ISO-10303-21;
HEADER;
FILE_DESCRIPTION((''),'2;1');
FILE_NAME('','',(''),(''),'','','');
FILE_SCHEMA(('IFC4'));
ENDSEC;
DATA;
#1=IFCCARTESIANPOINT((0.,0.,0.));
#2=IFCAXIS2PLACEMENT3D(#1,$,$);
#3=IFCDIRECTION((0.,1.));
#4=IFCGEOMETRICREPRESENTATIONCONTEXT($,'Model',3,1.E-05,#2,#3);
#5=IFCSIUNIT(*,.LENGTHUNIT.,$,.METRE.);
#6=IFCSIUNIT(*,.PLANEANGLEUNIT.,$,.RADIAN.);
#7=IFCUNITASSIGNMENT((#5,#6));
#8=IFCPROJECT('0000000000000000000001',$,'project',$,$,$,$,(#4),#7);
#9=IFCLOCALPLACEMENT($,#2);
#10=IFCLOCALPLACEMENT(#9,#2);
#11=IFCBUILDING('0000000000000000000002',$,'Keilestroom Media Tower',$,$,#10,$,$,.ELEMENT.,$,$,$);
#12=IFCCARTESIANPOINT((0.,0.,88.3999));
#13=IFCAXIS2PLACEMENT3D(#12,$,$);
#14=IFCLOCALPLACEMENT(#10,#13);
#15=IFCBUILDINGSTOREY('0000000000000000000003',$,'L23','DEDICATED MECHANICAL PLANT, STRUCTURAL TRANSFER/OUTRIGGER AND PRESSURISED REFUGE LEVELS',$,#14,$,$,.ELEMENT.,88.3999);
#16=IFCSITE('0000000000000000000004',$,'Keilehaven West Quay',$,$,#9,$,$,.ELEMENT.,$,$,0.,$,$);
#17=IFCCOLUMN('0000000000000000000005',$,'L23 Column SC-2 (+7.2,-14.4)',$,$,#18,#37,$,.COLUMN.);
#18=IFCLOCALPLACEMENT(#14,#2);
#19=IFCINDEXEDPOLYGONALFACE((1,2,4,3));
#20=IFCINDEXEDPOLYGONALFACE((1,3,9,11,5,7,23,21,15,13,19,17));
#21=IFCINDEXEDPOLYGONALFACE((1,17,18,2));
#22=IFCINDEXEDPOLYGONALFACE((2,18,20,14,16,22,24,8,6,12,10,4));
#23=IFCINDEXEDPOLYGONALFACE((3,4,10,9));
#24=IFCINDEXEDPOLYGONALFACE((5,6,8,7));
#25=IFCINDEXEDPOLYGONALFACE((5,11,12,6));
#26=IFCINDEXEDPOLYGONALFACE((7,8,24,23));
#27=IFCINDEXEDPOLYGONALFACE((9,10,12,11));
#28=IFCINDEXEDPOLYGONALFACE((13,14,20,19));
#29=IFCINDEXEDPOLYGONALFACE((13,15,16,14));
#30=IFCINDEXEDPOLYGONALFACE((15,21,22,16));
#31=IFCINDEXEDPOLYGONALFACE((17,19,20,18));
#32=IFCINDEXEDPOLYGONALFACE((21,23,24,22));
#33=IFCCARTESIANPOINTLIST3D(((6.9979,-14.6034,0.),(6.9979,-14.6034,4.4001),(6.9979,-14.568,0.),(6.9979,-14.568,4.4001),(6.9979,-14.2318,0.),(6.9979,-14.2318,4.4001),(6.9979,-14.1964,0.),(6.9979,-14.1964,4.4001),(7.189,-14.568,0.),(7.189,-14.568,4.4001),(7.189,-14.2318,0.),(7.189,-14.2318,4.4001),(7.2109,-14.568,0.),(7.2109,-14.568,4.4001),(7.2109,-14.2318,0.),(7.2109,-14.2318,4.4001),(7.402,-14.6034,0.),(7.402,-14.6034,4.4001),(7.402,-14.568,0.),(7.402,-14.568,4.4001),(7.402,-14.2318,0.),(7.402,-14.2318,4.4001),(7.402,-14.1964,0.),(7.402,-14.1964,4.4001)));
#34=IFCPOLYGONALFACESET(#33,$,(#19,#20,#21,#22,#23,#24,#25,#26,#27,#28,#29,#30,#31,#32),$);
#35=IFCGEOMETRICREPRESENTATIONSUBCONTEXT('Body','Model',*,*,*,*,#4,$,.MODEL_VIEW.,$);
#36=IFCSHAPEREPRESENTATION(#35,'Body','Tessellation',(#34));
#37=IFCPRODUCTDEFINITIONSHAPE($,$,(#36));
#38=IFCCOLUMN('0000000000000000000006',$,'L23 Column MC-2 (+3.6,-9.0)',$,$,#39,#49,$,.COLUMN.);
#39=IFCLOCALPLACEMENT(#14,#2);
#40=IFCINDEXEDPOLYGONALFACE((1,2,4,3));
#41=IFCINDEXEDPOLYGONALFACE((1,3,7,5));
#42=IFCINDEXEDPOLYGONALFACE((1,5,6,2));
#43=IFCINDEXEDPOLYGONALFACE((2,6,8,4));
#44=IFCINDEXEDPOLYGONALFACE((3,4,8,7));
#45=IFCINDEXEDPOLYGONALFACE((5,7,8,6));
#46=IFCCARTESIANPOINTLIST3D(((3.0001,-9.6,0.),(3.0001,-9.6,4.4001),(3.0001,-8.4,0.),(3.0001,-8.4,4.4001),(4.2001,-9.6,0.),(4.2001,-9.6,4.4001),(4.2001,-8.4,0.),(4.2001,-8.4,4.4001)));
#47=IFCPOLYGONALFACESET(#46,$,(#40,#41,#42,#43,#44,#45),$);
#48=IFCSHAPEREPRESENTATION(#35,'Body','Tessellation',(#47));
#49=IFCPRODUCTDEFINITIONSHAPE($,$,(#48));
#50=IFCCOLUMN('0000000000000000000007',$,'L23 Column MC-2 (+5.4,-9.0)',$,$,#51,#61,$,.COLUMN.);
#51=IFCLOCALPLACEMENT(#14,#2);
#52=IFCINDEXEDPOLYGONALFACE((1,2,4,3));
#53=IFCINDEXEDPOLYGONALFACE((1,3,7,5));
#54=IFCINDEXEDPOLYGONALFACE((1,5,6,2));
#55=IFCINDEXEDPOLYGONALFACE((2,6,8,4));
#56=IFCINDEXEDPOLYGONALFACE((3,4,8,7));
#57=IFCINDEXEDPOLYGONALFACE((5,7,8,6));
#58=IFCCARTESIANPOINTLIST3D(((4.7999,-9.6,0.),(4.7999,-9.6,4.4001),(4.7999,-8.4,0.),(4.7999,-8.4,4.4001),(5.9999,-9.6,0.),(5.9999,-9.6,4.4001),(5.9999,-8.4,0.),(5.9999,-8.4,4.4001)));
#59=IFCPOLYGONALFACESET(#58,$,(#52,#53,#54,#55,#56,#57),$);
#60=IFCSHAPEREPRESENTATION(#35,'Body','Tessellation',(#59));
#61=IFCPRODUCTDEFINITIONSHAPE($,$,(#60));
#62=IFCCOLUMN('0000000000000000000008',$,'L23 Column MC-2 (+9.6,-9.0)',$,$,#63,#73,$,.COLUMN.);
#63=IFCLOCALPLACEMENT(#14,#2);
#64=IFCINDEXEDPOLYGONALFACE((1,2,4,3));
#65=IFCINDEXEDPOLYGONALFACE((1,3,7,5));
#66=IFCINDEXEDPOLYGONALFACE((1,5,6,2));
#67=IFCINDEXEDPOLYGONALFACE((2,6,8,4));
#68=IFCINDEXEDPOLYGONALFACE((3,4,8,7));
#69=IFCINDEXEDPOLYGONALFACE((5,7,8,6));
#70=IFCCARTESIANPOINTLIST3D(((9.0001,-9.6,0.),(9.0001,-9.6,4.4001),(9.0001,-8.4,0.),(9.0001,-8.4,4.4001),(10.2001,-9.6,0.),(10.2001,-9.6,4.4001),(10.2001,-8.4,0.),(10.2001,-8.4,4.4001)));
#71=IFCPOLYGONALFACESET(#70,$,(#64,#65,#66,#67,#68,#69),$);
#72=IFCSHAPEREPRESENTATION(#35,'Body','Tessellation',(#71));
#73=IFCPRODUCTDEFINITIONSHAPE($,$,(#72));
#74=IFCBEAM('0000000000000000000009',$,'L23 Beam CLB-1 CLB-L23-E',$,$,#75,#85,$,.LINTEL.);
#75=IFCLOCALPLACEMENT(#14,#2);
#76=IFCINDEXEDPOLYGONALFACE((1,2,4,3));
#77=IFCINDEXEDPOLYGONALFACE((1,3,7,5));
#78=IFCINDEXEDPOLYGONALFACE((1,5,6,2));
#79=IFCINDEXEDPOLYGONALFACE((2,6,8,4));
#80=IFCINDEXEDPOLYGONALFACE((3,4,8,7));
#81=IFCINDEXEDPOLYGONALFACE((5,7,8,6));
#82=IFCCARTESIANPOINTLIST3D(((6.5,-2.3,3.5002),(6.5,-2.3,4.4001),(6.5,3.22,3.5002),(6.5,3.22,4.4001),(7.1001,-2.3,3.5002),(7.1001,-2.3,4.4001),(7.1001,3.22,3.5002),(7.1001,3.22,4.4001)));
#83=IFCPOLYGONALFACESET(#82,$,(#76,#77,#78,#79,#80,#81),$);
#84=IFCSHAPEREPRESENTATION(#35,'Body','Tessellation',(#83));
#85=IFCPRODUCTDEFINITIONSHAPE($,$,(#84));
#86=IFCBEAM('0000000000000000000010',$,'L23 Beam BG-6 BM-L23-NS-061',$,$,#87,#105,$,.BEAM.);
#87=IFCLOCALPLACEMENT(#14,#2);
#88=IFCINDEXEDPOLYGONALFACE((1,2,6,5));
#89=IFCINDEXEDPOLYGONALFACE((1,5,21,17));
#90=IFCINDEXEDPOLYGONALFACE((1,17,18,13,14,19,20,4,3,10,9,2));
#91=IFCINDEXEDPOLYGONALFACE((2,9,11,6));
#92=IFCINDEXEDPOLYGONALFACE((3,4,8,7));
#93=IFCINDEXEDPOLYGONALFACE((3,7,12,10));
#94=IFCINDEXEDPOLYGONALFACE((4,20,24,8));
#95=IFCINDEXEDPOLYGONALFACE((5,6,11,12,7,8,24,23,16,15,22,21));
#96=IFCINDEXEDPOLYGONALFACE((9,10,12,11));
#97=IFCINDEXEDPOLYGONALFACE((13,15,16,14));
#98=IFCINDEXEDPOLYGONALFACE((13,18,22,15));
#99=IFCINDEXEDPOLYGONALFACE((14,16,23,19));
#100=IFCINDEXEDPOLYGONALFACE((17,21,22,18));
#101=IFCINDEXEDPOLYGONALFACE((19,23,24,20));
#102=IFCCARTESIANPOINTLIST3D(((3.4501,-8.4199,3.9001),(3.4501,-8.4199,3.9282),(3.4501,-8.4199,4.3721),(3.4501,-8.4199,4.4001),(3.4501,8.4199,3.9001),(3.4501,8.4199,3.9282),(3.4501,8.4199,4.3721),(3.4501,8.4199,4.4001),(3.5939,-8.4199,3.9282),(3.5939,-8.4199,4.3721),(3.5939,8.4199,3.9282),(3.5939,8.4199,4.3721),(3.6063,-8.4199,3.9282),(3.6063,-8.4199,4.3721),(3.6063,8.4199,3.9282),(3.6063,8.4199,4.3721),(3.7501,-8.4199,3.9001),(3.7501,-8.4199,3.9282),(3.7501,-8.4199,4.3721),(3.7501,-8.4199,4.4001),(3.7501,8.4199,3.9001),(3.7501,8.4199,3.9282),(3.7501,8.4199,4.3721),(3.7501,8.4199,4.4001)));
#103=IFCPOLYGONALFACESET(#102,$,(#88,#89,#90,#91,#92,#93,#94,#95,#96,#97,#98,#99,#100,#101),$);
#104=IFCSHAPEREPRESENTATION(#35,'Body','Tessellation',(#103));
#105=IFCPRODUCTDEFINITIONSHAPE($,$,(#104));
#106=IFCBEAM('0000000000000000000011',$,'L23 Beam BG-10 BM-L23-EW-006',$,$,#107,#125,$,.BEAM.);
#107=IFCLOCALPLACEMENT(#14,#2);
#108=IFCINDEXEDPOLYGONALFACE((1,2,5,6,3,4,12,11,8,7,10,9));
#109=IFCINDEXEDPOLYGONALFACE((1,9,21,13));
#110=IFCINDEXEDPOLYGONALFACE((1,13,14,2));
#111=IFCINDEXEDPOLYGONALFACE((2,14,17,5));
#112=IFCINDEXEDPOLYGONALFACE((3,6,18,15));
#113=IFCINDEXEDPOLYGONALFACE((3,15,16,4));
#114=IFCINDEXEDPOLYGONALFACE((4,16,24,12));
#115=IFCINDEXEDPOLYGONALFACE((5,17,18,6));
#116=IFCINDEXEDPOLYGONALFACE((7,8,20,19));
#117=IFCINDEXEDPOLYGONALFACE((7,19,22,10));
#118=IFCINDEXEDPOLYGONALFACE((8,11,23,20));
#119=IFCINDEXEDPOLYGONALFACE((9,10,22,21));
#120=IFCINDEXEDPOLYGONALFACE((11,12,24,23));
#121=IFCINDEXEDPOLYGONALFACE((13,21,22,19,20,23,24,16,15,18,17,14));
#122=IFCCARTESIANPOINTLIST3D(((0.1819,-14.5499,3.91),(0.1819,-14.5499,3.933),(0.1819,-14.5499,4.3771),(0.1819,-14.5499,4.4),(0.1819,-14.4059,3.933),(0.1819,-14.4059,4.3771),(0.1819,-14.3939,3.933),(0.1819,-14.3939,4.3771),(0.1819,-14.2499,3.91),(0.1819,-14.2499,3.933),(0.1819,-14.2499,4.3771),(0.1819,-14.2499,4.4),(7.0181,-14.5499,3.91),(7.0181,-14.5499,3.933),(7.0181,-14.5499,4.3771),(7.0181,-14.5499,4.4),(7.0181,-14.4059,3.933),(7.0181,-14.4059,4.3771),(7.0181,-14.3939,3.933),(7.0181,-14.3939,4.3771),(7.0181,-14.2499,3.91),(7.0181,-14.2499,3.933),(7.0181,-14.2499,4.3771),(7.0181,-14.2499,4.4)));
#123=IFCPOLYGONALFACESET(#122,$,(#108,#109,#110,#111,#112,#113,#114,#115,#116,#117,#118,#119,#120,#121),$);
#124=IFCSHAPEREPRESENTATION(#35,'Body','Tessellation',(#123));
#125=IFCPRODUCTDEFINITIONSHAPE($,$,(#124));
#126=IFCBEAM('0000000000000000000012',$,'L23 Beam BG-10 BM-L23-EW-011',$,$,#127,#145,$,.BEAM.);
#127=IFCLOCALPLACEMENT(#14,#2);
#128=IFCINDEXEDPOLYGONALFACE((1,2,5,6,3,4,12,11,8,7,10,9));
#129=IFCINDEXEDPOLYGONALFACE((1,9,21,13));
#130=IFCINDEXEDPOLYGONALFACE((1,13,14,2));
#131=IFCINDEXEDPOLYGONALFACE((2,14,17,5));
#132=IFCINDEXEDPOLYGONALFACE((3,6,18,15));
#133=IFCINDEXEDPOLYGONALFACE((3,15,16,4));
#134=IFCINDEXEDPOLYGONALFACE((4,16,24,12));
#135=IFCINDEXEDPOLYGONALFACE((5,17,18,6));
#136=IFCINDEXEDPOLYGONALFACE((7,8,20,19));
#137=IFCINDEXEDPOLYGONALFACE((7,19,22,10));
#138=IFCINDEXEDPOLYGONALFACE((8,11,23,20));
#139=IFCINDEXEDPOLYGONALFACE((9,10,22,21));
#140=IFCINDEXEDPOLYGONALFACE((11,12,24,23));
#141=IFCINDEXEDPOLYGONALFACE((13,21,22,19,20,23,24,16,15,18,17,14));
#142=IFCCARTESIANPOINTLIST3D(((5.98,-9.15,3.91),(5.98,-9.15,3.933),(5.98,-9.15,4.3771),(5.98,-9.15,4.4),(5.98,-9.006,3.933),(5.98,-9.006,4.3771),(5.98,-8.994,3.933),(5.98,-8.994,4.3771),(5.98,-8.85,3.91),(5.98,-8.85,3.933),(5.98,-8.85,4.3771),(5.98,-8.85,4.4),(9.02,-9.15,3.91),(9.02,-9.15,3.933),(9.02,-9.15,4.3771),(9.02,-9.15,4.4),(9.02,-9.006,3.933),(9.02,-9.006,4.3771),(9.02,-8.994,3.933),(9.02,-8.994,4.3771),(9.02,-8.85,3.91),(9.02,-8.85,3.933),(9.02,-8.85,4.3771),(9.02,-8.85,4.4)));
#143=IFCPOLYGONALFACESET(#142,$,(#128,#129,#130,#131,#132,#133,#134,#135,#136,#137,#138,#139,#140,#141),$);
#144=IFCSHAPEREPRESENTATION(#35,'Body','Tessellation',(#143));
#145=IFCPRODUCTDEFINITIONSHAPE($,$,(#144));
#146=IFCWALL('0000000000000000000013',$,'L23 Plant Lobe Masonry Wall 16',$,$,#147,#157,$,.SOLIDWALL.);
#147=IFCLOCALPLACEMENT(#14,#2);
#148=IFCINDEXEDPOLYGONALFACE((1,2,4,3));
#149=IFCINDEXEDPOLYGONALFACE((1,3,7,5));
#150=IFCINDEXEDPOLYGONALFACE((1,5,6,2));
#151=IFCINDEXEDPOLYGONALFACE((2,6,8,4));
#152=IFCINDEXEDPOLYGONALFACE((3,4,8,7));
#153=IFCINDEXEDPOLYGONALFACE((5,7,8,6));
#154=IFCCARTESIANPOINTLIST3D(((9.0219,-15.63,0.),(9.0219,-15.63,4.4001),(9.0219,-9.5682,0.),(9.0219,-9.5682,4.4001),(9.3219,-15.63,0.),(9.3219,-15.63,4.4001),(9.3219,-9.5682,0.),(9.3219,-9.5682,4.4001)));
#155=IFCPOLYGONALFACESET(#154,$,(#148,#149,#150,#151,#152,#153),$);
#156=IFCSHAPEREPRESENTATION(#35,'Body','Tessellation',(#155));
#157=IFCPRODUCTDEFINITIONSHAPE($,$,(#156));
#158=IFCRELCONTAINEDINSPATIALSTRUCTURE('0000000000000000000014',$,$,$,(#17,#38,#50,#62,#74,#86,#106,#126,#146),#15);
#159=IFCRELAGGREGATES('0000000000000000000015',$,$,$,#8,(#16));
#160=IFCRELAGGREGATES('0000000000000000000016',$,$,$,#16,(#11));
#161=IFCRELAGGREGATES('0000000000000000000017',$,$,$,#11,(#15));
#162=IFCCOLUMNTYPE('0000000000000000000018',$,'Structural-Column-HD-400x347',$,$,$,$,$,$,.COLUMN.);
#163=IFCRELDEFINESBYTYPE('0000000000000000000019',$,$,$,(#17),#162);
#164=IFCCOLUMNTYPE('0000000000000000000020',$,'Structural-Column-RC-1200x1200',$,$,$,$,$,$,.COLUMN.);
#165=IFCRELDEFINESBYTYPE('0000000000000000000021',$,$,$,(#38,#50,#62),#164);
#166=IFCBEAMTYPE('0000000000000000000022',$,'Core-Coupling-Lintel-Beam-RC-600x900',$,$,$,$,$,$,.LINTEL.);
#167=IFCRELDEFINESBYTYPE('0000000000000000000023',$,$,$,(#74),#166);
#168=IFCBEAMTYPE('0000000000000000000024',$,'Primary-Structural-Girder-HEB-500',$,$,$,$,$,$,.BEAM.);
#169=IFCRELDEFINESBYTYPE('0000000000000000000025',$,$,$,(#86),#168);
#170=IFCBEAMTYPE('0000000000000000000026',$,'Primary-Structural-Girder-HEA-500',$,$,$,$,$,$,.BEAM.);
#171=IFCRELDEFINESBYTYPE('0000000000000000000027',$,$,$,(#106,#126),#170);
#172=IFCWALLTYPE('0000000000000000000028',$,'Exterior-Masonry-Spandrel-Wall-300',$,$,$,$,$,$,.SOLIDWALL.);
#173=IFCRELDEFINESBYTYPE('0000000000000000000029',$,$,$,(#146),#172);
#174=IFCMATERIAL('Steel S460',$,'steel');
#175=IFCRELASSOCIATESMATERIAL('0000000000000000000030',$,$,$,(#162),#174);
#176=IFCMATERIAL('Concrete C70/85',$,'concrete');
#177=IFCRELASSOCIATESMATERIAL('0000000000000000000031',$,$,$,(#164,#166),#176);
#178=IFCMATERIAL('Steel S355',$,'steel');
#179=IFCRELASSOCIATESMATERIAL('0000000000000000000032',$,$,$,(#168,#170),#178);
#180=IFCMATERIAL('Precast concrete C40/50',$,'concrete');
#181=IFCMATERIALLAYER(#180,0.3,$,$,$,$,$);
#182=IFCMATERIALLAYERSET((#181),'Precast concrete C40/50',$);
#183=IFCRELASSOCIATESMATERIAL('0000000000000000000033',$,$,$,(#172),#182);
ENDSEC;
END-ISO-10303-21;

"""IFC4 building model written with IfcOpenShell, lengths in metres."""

from ifc_helpers import new_model, si_unit, direction, frame, frame_2d, origin, origin_2d, place, context, subcontext, project, spatial, rectangle, i_section, extrude, source, transform, mapped, material, layer, layer_set, material_profile, profile_set, type_object, element, save


model = new_model("IFC4")

# Units and contexts
model_context = context("Model", 3, precision=1e-05, world=origin(), true_north=direction((0.0, 1.0)))
body_context = subcontext(model_context, "Body", "Model", "MODEL_VIEW")
ifc_project = project(units=[si_unit("LENGTHUNIT", "METRE"), si_unit("PLANEANGLEUNIT", "RADIAN")], contexts=[model_context])

# Site, building, storey
site_placement = place(None, origin())
site = spatial("IfcSite", under=ifc_project, at=site_placement, Name="Keilehaven West Quay", CompositionType="ELEMENT", RefElevation=0.0)
building_placement = place(site_placement, origin())
building = spatial("IfcBuilding", under=site, at=building_placement, Name="Keilestroom Media Tower", CompositionType="ELEMENT")
storey_placement = place(building_placement, frame((0.0, 0.0, 88.3999)))
storey = spatial("IfcBuildingStorey", under=building, at=storey_placement, Name="L23", Description="DEDICATED MECHANICAL PLANT, STRUCTURAL TRANSFER/OUTRIGGER AND PRESSURISED REFUGE LEVELS", CompositionType="ELEMENT", Elevation=88.3999)

# Columns
ifc_material_1 = material(Name="Steel S460", Category="steel")
ifc_material_profile_1 = material_profile(ifc_material_1, i_section(OverallWidth=0.4041, OverallDepth=0.407, WebThickness=0.022, FlangeThickness=0.0354, at=origin_2d()), Name="HD 400x347")
ifc_profile_set_1 = profile_set([ifc_material_profile_1], Name="Steel S460")
column_type_1 = type_object("IfcColumnType", Name="Structural-Column-HD-400x347", PredefinedType="COLUMN", material=ifc_profile_set_1)
shared_shape_1 = source(origin(), body_context, "Body", "SweptSolid", [
    extrude(i_section(OverallWidth=0.4041, OverallDepth=0.407, WebThickness=0.022, FlangeThickness=0.0354, at=origin_2d()), origin(), (0.0, 0.0, 1.0), 4.4001),
])
column_placement = place(storey_placement, frame((7.2, -14.3999, 0.0), z_axis=(0.0, 0.0, 1.0), x_axis=(1.0, 0.0, 0.0)))
element("IfcColumn", 1, at=column_placement, inside=storey, type_object=column_type_1, Name="L23 Column SC-2 (+7.2,-14.4)", PredefinedType="COLUMN", context=body_context, shape_type="MappedRepresentation", body=[
    mapped(shared_shape_1, transform((0.0, 0.0, 0.0), x_axis=(1.0, 0.0, 0.0), y_axis=(0.0, 1.0, 0.0), z_axis=(0.0, 0.0, 1.0), scale=1.0)),
])
ifc_material_2 = material(Name="Concrete C70/85", Category="concrete")
ifc_material_profile_2 = material_profile(ifc_material_2, rectangle(XDim=1.2, YDim=1.2, at=origin_2d()), Name="RC 1200x1200")
ifc_profile_set_2 = profile_set([ifc_material_profile_2], Name="Concrete C70/85")
column_type_2 = type_object("IfcColumnType", Name="Structural-Column-RC-1200x1200", PredefinedType="COLUMN", material=ifc_profile_set_2)
shared_shape_2 = source(origin(), body_context, "Body", "SweptSolid", [
    extrude(rectangle(XDim=1.2, YDim=1.2, at=origin_2d()), origin(), (0.0, 0.0, 1.0), 4.4001),
])
for number, where, z_axis, x_axis, name in (
    (2, (3.6001, -9.0, 0.0), (0.0, 0.0, 1.0), (1.0, 0.0, 0.0), "L23 Column MC-2 (+3.6,-9.0)"),
    (3, (5.3999, -9.0, 0.0), (0.0, 0.0, 1.0), (1.0, 0.0, 0.0), "L23 Column MC-2 (+5.4,-9.0)"),
    (4, (9.6001, -9.0, 0.0), (0.0, 0.0, 1.0), (1.0, 0.0, 0.0), "L23 Column MC-2 (+9.6,-9.0)"),
):
    element("IfcColumn", number, at=place(storey_placement, frame(where, z_axis=z_axis, x_axis=x_axis)), inside=storey, type_object=column_type_2, Name=name, PredefinedType="COLUMN", context=body_context, shape_type="MappedRepresentation", body=[
        mapped(shared_shape_2, transform((0.0, 0.0, 0.0), x_axis=(1.0, 0.0, 0.0), y_axis=(0.0, 1.0, 0.0), z_axis=(0.0, 0.0, 1.0), scale=1.0)),
    ])

# Beams
ifc_material_profile_3 = material_profile(ifc_material_2, rectangle(XDim=0.6001, YDim=0.8999, at=origin_2d()), Name="RC 600x900")
ifc_profile_set_3 = profile_set([ifc_material_profile_3], Name="Concrete C70/85")
beam_type_1 = type_object("IfcBeamType", Name="Core-Coupling-Lintel-Beam-RC-600x900", PredefinedType="LINTEL", material=ifc_profile_set_3)
shared_shape_3 = source(origin(), body_context, "Body", "SweptSolid", [
    extrude(rectangle(XDim=0.6001, YDim=0.8999, at=origin_2d()), origin(), (0.0, 0.0, 1.0), 5.52),
])
beam_1_placement = place(storey_placement, frame((6.8, -2.3, 3.9502), z_axis=(0.0, 1.0, 0.0), x_axis=(-1.0, 0.0, 0.0)))
element("IfcBeam", 5, at=beam_1_placement, inside=storey, type_object=beam_type_1, Name="L23 Beam CLB-1 CLB-L23-E", PredefinedType="LINTEL", context=body_context, shape_type="MappedRepresentation", body=[
    mapped(shared_shape_3, transform((0.0, 0.0, 0.0), x_axis=(1.0, 0.0, 0.0), y_axis=(0.0, 1.0, 0.0), z_axis=(0.0, 0.0, 1.0), scale=1.0)),
])
ifc_material_3 = material(Name="Steel S355", Category="steel")
ifc_material_profile_4 = material_profile(ifc_material_3, i_section(OverallWidth=0.3, OverallDepth=0.5, WebThickness=0.0125, FlangeThickness=0.0281, at=origin_2d()), Name="HEB 500")
ifc_profile_set_4 = profile_set([ifc_material_profile_4], Name="Steel S355")
beam_type_2 = type_object("IfcBeamType", Name="Primary-Structural-Girder-HEB-500", PredefinedType="BEAM", material=ifc_profile_set_4)
shared_shape_4 = source(origin(), body_context, "Body", "SweptSolid", [
    extrude(i_section(OverallWidth=0.3, OverallDepth=0.5, WebThickness=0.0125, FlangeThickness=0.0281, at=origin_2d()), origin(), (0.0, 0.0, 1.0), 16.8398),
])
beam_2_placement = place(storey_placement, frame((3.6001, -8.4199, 4.1501), z_axis=(0.0, 1.0, 0.0), x_axis=(-1.0, 0.0, 0.0)))
element("IfcBeam", 6, at=beam_2_placement, inside=storey, type_object=beam_type_2, Name="L23 Beam BG-6 BM-L23-NS-061", PredefinedType="BEAM", context=body_context, shape_type="MappedRepresentation", body=[
    mapped(shared_shape_4, transform((0.0, 0.0, 0.0), x_axis=(1.0, 0.0, 0.0), y_axis=(0.0, 1.0, 0.0), z_axis=(0.0, 0.0, 1.0), scale=1.0)),
])
ifc_material_profile_5 = material_profile(ifc_material_3, i_section(OverallWidth=0.3, OverallDepth=0.49, WebThickness=0.012, FlangeThickness=0.0229, at=origin_2d()), Name="HEA 500")
ifc_profile_set_5 = profile_set([ifc_material_profile_5], Name="Steel S355")
beam_type_3 = type_object("IfcBeamType", Name="Primary-Structural-Girder-HEA-500", PredefinedType="BEAM", material=ifc_profile_set_5)
shared_shape_5 = source(origin(), body_context, "Body", "SweptSolid", [
    extrude(i_section(OverallWidth=0.3, OverallDepth=0.49, WebThickness=0.012, FlangeThickness=0.0229, at=origin_2d()), origin(), (0.0, 0.0, 1.0), 6.8362),
])
beam_3_placement = place(storey_placement, frame((0.1819, -14.3999, 4.155), z_axis=(1.0, 0.0, 0.0), x_axis=(0.0, 1.0, 0.0)))
element("IfcBeam", 7, at=beam_3_placement, inside=storey, type_object=beam_type_3, Name="L23 Beam BG-10 BM-L23-EW-006", PredefinedType="BEAM", context=body_context, shape_type="MappedRepresentation", body=[
    mapped(shared_shape_5, transform((0.0, 0.0, 0.0), x_axis=(1.0, 0.0, 0.0), y_axis=(0.0, 1.0, 0.0), z_axis=(0.0, 0.0, 1.0), scale=1.0)),
])
shared_shape_6 = source(origin(), body_context, "Body", "SweptSolid", [
    extrude(i_section(OverallWidth=0.3, OverallDepth=0.49, WebThickness=0.012, FlangeThickness=0.0229, at=origin_2d()), origin(), (0.0, 0.0, 1.0), 3.04),
])
beam_4_placement = place(storey_placement, frame((5.98, -9.0, 4.155), z_axis=(1.0, 0.0, 0.0), x_axis=(0.0, 1.0, 0.0)))
element("IfcBeam", 8, at=beam_4_placement, inside=storey, type_object=beam_type_3, Name="L23 Beam BG-10 BM-L23-EW-011", PredefinedType="BEAM", context=body_context, shape_type="MappedRepresentation", body=[
    mapped(shared_shape_6, transform((0.0, 0.0, 0.0), x_axis=(1.0, 0.0, 0.0), y_axis=(0.0, 1.0, 0.0), z_axis=(0.0, 0.0, 1.0), scale=1.0)),
])

# Wall
ifc_material_4 = material(Name="Precast concrete C40/50", Category="concrete")
ifc_layer_1 = layer(ifc_material_4, 0.3)
ifc_layer_set_1 = layer_set([ifc_layer_1], Name="Precast concrete C40/50")
wall_type_1 = type_object("IfcWallType", Name="Exterior-Masonry-Spandrel-Wall-300", PredefinedType="SOLIDWALL", material=ifc_layer_set_1)
wall_1_placement = place(storey_placement, frame((9.1719, -15.6299, 0.0), z_axis=(0.0, 0.0, 1.0), x_axis=(0.0, 1.0, 0.0)))
element("IfcWall", 9, at=wall_1_placement, inside=storey, type_object=wall_type_1, Name="L23 Plant Lobe Masonry Wall 16", PredefinedType="SOLIDWALL", context=body_context, shape_type="SweptSolid", body=[
    extrude(rectangle(XDim=6.0618, YDim=0.3, at=frame_2d((3.0308, 0.0))), origin(), (0.0, 0.0, 1.0), 4.4001),
])

save(model, "model.ifc")
